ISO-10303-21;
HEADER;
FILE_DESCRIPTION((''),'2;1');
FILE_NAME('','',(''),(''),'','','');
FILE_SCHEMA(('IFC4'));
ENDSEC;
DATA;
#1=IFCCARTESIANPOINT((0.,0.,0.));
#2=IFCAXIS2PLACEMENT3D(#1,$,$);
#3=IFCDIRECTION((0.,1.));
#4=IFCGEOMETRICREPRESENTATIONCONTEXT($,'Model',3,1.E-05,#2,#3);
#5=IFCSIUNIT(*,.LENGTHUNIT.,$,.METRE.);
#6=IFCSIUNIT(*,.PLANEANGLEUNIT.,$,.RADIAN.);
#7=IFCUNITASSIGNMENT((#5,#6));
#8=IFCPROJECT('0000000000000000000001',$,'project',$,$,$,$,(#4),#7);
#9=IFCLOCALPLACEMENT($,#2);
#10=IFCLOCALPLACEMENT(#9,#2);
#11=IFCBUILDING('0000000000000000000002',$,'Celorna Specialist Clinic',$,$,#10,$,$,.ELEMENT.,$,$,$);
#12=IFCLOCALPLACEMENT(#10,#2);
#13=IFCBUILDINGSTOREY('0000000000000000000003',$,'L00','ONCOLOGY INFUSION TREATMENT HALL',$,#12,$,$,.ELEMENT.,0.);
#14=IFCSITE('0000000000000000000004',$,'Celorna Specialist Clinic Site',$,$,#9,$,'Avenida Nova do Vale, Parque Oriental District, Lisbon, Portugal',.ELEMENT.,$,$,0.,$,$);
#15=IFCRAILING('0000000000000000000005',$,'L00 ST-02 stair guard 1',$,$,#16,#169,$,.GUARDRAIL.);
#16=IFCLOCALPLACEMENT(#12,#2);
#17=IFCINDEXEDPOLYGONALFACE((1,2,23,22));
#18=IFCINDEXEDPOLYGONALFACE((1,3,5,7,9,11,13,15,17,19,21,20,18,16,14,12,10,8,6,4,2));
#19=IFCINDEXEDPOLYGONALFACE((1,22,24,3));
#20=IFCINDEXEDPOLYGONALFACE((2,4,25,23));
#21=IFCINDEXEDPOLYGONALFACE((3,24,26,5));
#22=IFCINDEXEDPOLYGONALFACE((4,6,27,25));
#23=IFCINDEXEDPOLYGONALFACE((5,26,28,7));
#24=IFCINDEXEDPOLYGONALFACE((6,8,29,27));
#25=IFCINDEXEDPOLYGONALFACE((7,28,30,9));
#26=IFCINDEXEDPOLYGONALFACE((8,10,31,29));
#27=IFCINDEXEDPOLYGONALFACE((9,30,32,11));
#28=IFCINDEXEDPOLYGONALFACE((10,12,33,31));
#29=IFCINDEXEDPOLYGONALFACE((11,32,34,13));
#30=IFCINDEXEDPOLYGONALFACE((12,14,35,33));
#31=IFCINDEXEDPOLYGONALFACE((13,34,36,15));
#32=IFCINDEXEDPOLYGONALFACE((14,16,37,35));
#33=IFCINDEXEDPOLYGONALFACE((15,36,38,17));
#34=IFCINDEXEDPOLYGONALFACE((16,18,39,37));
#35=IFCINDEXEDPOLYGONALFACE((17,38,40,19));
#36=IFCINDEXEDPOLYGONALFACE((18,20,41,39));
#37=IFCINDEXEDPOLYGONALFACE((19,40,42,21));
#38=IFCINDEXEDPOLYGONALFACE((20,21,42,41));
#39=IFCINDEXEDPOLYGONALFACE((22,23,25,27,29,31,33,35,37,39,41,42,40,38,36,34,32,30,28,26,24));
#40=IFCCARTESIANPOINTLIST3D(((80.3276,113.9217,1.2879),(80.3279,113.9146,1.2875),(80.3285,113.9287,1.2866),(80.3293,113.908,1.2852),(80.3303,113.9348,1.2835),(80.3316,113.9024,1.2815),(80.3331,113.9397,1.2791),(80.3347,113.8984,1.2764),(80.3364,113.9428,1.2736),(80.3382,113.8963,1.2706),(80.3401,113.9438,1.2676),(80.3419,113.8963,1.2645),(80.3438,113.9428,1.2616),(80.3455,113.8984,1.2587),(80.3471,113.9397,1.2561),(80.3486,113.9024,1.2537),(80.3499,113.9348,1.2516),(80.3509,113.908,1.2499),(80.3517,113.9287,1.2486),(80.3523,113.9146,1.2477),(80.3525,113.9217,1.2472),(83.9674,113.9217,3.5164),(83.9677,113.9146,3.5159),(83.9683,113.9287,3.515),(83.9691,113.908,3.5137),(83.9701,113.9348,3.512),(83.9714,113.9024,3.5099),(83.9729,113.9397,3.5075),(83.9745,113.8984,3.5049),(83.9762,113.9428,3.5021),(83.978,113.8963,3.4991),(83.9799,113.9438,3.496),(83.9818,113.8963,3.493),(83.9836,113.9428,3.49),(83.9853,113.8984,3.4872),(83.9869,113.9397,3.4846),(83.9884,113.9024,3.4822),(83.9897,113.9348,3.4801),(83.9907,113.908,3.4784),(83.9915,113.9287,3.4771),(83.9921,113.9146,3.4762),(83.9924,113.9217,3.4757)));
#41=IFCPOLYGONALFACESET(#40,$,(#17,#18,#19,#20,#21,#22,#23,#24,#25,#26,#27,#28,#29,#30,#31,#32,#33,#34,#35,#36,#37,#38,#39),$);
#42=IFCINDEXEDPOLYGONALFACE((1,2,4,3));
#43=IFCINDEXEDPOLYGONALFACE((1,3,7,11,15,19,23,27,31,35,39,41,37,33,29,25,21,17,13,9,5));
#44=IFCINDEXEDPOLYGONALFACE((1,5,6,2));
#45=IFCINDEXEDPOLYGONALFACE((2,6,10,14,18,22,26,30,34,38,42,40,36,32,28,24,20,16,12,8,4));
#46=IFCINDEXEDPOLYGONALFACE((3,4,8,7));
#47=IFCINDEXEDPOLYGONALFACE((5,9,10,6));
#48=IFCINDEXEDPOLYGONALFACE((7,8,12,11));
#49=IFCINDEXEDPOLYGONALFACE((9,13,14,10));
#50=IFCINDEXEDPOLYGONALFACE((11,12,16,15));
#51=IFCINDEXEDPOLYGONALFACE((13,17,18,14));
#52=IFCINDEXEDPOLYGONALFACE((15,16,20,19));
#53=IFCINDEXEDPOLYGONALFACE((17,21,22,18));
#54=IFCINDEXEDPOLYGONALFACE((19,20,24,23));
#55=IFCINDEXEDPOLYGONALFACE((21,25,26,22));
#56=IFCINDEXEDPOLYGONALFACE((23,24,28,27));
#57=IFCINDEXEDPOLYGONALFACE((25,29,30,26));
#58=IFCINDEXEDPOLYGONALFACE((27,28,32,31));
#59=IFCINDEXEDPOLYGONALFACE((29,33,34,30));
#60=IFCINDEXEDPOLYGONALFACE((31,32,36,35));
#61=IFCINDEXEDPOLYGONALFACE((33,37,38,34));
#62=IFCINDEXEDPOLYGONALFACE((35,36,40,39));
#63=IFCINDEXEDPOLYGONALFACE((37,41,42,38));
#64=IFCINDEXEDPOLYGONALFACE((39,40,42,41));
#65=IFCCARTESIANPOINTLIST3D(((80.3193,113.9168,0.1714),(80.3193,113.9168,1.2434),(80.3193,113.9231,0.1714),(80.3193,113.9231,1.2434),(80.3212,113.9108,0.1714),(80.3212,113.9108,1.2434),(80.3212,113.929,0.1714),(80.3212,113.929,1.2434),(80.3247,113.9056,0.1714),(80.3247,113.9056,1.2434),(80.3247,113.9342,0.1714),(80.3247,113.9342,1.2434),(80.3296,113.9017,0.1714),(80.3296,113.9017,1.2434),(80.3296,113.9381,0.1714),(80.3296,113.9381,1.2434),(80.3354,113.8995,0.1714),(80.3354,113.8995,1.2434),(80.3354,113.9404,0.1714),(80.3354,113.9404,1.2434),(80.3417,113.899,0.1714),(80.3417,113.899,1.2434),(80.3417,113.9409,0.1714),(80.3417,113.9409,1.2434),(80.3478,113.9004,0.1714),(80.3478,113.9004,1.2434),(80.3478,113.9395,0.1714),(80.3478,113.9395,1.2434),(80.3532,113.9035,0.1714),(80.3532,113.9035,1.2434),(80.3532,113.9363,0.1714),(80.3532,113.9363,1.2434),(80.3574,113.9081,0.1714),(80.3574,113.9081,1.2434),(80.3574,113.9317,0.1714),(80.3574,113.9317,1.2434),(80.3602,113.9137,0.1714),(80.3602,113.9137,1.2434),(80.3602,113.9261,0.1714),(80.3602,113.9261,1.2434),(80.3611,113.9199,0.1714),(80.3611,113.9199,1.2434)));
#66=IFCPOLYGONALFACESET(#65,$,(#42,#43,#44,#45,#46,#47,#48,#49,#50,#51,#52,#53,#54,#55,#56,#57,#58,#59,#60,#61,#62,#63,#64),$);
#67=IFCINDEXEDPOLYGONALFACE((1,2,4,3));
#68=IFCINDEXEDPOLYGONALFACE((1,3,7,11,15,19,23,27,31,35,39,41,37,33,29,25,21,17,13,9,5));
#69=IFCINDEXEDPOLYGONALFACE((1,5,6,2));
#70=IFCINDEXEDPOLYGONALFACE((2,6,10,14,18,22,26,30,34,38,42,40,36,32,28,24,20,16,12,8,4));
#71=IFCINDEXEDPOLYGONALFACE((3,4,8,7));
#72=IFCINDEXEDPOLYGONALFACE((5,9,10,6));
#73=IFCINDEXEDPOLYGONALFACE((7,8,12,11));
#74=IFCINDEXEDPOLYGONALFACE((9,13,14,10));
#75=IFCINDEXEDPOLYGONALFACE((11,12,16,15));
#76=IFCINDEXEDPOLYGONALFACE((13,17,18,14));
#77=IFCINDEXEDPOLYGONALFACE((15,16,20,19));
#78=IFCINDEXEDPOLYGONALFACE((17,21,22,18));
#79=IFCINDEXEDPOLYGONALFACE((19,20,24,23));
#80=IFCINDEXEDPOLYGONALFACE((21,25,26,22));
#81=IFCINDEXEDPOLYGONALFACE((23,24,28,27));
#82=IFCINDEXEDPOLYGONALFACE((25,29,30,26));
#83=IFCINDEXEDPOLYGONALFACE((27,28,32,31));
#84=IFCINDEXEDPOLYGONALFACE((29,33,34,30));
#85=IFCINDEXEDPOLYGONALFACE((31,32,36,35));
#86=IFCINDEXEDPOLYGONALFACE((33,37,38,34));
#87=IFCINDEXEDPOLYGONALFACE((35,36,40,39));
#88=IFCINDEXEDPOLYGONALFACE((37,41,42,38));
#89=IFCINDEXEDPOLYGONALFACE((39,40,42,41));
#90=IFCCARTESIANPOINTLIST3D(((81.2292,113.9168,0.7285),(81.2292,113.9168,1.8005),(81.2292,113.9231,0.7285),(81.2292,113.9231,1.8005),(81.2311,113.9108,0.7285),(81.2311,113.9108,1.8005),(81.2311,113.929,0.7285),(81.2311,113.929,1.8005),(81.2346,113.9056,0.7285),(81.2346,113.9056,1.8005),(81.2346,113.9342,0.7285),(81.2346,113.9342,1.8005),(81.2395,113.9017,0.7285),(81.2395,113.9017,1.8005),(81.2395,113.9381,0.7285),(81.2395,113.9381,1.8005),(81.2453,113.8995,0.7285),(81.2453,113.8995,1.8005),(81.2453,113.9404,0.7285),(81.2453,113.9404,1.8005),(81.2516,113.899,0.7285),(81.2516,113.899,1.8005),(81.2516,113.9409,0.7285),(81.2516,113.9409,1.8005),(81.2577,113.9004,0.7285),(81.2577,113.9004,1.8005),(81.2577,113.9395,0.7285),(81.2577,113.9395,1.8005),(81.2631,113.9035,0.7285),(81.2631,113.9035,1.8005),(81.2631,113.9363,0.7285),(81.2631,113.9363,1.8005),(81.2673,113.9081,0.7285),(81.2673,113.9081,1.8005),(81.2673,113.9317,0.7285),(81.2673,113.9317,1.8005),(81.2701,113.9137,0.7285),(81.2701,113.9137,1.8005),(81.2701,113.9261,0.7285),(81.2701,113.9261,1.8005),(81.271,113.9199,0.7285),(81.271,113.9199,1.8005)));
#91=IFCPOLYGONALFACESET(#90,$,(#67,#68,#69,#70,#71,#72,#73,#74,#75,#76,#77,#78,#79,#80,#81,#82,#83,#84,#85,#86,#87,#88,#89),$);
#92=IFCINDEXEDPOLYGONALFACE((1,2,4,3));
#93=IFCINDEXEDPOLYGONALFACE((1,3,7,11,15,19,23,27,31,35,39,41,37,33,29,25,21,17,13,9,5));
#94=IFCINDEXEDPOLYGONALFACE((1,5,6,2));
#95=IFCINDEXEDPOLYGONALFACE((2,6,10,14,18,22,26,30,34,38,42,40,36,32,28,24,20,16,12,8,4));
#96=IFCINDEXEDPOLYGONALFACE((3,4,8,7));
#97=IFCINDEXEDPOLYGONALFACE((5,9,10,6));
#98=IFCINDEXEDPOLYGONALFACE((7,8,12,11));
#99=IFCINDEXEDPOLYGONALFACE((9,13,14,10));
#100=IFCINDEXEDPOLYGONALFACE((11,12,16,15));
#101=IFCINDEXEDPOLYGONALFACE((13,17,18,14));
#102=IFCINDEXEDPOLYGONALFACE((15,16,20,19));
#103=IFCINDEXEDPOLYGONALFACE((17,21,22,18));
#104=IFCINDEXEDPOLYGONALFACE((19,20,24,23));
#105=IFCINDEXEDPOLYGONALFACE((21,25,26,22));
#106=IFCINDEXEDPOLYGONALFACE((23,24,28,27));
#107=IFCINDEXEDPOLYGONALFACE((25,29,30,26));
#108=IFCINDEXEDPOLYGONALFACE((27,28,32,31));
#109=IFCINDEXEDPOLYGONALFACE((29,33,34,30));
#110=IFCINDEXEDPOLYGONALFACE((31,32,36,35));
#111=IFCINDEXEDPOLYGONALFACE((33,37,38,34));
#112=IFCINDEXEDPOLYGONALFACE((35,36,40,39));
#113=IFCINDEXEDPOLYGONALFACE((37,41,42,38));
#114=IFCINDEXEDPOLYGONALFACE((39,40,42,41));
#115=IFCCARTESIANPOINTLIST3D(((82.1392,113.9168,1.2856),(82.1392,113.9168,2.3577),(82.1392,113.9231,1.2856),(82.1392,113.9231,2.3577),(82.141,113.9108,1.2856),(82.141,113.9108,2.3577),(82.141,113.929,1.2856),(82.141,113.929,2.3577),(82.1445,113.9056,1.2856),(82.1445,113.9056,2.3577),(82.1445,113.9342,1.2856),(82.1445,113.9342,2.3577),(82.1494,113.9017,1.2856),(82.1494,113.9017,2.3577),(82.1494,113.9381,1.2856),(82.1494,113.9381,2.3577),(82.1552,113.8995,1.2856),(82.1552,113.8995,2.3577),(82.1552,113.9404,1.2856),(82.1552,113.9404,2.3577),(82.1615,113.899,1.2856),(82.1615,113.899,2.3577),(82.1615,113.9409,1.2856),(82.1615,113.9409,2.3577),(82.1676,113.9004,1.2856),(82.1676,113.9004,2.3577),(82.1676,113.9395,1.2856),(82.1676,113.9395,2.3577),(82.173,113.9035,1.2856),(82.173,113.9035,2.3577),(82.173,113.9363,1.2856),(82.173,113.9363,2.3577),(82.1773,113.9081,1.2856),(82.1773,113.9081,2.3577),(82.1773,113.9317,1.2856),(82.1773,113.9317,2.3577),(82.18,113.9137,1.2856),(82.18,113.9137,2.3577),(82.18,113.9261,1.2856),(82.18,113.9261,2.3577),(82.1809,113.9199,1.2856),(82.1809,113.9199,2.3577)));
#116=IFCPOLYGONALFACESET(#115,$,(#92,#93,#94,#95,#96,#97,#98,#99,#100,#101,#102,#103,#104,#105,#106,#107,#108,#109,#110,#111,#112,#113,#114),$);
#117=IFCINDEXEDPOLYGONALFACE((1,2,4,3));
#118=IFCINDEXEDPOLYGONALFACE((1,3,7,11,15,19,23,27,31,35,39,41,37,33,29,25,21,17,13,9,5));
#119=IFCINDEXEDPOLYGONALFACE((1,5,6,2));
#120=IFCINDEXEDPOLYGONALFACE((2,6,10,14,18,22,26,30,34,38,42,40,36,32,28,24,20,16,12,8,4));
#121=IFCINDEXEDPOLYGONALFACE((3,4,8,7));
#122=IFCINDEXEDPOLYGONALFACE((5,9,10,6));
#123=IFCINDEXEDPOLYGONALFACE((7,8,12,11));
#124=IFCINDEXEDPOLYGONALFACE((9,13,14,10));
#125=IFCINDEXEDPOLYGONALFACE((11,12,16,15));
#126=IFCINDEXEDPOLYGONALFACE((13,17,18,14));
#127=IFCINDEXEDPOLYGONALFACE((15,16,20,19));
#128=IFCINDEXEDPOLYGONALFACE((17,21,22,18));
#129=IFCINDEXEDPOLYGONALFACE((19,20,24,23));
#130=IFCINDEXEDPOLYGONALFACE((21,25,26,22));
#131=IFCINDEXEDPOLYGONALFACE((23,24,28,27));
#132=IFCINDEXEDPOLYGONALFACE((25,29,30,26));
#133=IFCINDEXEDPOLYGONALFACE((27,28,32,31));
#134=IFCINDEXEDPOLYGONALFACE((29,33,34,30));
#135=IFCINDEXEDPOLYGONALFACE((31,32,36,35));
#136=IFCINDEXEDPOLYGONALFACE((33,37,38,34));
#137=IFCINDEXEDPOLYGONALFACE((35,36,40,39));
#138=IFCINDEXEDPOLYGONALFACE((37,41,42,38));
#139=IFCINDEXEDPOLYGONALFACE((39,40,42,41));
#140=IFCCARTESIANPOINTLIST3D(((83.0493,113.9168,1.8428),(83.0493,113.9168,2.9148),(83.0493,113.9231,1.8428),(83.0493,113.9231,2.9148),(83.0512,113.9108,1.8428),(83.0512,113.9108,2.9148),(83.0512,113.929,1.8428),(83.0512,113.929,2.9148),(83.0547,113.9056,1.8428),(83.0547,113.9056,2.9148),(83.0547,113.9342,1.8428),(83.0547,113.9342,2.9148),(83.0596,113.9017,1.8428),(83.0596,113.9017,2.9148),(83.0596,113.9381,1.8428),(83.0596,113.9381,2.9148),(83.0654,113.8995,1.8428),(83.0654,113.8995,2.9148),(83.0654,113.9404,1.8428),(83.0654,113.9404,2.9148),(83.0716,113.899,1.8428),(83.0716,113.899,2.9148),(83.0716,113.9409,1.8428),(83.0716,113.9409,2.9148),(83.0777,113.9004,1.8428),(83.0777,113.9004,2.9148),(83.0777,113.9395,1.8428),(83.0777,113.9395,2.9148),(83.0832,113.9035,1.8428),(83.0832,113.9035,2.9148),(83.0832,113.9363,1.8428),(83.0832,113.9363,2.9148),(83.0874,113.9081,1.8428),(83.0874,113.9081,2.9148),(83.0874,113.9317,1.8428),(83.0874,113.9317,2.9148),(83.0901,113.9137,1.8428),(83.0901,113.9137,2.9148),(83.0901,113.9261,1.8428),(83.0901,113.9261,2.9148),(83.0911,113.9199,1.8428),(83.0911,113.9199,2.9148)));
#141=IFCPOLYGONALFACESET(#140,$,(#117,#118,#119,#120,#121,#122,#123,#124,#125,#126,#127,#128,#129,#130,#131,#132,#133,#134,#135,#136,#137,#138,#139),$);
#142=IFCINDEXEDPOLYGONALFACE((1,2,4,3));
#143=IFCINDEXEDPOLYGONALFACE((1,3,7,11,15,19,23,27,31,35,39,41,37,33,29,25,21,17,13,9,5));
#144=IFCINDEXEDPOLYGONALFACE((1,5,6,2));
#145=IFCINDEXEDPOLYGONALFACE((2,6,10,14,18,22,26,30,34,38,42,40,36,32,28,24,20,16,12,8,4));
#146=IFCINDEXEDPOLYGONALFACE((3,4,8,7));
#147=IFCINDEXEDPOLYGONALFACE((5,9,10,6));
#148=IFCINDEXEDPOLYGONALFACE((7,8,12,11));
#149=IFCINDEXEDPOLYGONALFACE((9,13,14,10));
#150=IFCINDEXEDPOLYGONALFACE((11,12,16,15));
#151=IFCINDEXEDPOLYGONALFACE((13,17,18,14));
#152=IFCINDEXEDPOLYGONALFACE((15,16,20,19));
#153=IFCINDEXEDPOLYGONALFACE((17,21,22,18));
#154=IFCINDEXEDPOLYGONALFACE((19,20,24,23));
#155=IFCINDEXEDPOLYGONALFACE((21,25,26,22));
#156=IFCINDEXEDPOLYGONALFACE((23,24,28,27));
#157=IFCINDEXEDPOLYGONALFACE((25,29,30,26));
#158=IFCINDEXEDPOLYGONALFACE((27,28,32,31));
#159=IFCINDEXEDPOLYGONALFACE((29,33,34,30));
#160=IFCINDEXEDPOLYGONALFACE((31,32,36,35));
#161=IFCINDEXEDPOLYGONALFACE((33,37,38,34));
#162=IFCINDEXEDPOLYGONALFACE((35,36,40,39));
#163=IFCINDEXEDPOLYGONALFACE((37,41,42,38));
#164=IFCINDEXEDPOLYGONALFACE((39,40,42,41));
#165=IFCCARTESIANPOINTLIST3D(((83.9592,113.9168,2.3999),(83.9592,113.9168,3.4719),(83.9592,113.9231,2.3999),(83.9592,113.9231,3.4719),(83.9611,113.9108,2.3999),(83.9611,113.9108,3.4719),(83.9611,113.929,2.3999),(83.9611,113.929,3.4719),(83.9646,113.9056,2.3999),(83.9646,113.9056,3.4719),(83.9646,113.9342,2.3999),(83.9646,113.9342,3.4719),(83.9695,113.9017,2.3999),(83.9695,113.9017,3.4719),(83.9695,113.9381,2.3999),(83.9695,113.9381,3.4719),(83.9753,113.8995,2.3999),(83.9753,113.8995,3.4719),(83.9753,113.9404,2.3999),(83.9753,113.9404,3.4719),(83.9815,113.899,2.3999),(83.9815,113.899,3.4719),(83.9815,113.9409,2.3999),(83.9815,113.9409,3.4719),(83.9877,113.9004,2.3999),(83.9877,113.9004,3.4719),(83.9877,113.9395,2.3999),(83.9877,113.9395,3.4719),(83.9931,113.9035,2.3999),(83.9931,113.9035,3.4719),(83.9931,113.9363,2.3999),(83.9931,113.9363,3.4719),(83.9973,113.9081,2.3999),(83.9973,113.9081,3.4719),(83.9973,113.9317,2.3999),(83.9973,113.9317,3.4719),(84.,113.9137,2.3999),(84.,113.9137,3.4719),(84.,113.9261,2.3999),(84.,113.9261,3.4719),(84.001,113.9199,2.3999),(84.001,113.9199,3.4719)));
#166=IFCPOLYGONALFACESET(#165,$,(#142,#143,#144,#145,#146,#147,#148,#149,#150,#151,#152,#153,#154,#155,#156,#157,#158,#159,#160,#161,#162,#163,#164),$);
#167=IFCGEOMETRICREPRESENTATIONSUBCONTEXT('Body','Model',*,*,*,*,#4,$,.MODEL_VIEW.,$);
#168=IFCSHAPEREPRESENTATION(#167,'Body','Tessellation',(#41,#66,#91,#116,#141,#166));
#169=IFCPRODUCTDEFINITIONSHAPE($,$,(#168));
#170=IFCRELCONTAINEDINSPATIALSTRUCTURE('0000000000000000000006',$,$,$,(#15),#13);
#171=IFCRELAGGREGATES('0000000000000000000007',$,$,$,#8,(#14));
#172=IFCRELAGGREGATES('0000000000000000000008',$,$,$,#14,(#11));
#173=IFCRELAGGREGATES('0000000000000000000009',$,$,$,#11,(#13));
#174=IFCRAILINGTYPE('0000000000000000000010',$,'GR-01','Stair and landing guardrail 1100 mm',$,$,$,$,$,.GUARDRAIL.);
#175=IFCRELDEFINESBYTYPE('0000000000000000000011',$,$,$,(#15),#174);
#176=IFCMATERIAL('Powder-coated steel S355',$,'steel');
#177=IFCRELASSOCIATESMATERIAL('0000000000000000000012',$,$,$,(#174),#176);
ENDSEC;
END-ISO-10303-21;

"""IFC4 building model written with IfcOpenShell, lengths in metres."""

from ifc_helpers import new_model, si_unit, direction, frame, origin, origin_2d, place, context, subcontext, project, spatial, circle, extrude, material, type_object, element, save


model = new_model("IFC4")

# Units and contexts
model_context = context("Model", 3, precision=1e-05, world=origin(), true_north=direction((0.0, 1.0)))
body_context = subcontext(model_context, "Body", "Model", "MODEL_VIEW")
ifc_project = project(units=[si_unit("LENGTHUNIT", "METRE"), si_unit("PLANEANGLEUNIT", "RADIAN")], contexts=[model_context])

# Site, building, storey
site_placement = place(None, origin())
site = spatial("IfcSite", under=ifc_project, at=site_placement, Name="Celorna Specialist Clinic Site", LongName="Avenida Nova do Vale, Parque Oriental District, Lisbon, Portugal", CompositionType="ELEMENT", RefElevation=0.0)
building_placement = place(site_placement, origin())
building = spatial("IfcBuilding", under=site, at=building_placement, Name="Celorna Specialist Clinic", CompositionType="ELEMENT")
storey_placement = place(building_placement, origin())
storey = spatial("IfcBuildingStorey", under=building, at=storey_placement, Name="L00", Description="ONCOLOGY INFUSION TREATMENT HALL", CompositionType="ELEMENT", Elevation=0.0)

# Railing
ifc_material_1 = material(Name="Powder-coated steel S355", Category="steel")
railing_type_1 = type_object("IfcRailingType", Name="GR-01", Description="Stair and landing guardrail 1100 mm", PredefinedType="GUARDRAIL", material=ifc_material_1)
railing_1_placement = place(storey_placement, frame((80.3401, 113.9199, 0.1714)))
element("IfcRailing", 1, at=railing_1_placement, inside=storey, type_object=railing_type_1, Name="L00 ST-02 stair guard 1", PredefinedType="GUARDRAIL", context=body_context, shape_type="SweptSolid", body=[
    extrude(circle(Radius=0.0239, at=origin_2d()), frame((0.0, 0.0, 1.0962), z_axis=(0.85285, 0.0, 0.522156), x_axis=(0.0, 1.0, 0.0)), (0.0, 0.0, 1.0), 4.2678),
    extrude(circle(Radius=0.021, at=origin_2d()), origin(), (0.0, 0.0, 1.0), 1.072),
    extrude(circle(Radius=0.021, at=origin_2d()), frame((0.9099, 0.0, 0.5571)), (0.0, 0.0, 1.0), 1.072),
    extrude(circle(Radius=0.021, at=origin_2d()), frame((1.8198, 0.0, 1.1143)), (0.0, 0.0, 1.0), 1.072),
    extrude(circle(Radius=0.021, at=origin_2d()), frame((2.73, 0.0, 1.6714)), (0.0, 0.0, 1.0), 1.072),
    extrude(circle(Radius=0.021, at=origin_2d()), frame((3.6399, 0.0, 2.2285)), (0.0, 0.0, 1.0), 1.072),
])

save(model, "model.ifc")
